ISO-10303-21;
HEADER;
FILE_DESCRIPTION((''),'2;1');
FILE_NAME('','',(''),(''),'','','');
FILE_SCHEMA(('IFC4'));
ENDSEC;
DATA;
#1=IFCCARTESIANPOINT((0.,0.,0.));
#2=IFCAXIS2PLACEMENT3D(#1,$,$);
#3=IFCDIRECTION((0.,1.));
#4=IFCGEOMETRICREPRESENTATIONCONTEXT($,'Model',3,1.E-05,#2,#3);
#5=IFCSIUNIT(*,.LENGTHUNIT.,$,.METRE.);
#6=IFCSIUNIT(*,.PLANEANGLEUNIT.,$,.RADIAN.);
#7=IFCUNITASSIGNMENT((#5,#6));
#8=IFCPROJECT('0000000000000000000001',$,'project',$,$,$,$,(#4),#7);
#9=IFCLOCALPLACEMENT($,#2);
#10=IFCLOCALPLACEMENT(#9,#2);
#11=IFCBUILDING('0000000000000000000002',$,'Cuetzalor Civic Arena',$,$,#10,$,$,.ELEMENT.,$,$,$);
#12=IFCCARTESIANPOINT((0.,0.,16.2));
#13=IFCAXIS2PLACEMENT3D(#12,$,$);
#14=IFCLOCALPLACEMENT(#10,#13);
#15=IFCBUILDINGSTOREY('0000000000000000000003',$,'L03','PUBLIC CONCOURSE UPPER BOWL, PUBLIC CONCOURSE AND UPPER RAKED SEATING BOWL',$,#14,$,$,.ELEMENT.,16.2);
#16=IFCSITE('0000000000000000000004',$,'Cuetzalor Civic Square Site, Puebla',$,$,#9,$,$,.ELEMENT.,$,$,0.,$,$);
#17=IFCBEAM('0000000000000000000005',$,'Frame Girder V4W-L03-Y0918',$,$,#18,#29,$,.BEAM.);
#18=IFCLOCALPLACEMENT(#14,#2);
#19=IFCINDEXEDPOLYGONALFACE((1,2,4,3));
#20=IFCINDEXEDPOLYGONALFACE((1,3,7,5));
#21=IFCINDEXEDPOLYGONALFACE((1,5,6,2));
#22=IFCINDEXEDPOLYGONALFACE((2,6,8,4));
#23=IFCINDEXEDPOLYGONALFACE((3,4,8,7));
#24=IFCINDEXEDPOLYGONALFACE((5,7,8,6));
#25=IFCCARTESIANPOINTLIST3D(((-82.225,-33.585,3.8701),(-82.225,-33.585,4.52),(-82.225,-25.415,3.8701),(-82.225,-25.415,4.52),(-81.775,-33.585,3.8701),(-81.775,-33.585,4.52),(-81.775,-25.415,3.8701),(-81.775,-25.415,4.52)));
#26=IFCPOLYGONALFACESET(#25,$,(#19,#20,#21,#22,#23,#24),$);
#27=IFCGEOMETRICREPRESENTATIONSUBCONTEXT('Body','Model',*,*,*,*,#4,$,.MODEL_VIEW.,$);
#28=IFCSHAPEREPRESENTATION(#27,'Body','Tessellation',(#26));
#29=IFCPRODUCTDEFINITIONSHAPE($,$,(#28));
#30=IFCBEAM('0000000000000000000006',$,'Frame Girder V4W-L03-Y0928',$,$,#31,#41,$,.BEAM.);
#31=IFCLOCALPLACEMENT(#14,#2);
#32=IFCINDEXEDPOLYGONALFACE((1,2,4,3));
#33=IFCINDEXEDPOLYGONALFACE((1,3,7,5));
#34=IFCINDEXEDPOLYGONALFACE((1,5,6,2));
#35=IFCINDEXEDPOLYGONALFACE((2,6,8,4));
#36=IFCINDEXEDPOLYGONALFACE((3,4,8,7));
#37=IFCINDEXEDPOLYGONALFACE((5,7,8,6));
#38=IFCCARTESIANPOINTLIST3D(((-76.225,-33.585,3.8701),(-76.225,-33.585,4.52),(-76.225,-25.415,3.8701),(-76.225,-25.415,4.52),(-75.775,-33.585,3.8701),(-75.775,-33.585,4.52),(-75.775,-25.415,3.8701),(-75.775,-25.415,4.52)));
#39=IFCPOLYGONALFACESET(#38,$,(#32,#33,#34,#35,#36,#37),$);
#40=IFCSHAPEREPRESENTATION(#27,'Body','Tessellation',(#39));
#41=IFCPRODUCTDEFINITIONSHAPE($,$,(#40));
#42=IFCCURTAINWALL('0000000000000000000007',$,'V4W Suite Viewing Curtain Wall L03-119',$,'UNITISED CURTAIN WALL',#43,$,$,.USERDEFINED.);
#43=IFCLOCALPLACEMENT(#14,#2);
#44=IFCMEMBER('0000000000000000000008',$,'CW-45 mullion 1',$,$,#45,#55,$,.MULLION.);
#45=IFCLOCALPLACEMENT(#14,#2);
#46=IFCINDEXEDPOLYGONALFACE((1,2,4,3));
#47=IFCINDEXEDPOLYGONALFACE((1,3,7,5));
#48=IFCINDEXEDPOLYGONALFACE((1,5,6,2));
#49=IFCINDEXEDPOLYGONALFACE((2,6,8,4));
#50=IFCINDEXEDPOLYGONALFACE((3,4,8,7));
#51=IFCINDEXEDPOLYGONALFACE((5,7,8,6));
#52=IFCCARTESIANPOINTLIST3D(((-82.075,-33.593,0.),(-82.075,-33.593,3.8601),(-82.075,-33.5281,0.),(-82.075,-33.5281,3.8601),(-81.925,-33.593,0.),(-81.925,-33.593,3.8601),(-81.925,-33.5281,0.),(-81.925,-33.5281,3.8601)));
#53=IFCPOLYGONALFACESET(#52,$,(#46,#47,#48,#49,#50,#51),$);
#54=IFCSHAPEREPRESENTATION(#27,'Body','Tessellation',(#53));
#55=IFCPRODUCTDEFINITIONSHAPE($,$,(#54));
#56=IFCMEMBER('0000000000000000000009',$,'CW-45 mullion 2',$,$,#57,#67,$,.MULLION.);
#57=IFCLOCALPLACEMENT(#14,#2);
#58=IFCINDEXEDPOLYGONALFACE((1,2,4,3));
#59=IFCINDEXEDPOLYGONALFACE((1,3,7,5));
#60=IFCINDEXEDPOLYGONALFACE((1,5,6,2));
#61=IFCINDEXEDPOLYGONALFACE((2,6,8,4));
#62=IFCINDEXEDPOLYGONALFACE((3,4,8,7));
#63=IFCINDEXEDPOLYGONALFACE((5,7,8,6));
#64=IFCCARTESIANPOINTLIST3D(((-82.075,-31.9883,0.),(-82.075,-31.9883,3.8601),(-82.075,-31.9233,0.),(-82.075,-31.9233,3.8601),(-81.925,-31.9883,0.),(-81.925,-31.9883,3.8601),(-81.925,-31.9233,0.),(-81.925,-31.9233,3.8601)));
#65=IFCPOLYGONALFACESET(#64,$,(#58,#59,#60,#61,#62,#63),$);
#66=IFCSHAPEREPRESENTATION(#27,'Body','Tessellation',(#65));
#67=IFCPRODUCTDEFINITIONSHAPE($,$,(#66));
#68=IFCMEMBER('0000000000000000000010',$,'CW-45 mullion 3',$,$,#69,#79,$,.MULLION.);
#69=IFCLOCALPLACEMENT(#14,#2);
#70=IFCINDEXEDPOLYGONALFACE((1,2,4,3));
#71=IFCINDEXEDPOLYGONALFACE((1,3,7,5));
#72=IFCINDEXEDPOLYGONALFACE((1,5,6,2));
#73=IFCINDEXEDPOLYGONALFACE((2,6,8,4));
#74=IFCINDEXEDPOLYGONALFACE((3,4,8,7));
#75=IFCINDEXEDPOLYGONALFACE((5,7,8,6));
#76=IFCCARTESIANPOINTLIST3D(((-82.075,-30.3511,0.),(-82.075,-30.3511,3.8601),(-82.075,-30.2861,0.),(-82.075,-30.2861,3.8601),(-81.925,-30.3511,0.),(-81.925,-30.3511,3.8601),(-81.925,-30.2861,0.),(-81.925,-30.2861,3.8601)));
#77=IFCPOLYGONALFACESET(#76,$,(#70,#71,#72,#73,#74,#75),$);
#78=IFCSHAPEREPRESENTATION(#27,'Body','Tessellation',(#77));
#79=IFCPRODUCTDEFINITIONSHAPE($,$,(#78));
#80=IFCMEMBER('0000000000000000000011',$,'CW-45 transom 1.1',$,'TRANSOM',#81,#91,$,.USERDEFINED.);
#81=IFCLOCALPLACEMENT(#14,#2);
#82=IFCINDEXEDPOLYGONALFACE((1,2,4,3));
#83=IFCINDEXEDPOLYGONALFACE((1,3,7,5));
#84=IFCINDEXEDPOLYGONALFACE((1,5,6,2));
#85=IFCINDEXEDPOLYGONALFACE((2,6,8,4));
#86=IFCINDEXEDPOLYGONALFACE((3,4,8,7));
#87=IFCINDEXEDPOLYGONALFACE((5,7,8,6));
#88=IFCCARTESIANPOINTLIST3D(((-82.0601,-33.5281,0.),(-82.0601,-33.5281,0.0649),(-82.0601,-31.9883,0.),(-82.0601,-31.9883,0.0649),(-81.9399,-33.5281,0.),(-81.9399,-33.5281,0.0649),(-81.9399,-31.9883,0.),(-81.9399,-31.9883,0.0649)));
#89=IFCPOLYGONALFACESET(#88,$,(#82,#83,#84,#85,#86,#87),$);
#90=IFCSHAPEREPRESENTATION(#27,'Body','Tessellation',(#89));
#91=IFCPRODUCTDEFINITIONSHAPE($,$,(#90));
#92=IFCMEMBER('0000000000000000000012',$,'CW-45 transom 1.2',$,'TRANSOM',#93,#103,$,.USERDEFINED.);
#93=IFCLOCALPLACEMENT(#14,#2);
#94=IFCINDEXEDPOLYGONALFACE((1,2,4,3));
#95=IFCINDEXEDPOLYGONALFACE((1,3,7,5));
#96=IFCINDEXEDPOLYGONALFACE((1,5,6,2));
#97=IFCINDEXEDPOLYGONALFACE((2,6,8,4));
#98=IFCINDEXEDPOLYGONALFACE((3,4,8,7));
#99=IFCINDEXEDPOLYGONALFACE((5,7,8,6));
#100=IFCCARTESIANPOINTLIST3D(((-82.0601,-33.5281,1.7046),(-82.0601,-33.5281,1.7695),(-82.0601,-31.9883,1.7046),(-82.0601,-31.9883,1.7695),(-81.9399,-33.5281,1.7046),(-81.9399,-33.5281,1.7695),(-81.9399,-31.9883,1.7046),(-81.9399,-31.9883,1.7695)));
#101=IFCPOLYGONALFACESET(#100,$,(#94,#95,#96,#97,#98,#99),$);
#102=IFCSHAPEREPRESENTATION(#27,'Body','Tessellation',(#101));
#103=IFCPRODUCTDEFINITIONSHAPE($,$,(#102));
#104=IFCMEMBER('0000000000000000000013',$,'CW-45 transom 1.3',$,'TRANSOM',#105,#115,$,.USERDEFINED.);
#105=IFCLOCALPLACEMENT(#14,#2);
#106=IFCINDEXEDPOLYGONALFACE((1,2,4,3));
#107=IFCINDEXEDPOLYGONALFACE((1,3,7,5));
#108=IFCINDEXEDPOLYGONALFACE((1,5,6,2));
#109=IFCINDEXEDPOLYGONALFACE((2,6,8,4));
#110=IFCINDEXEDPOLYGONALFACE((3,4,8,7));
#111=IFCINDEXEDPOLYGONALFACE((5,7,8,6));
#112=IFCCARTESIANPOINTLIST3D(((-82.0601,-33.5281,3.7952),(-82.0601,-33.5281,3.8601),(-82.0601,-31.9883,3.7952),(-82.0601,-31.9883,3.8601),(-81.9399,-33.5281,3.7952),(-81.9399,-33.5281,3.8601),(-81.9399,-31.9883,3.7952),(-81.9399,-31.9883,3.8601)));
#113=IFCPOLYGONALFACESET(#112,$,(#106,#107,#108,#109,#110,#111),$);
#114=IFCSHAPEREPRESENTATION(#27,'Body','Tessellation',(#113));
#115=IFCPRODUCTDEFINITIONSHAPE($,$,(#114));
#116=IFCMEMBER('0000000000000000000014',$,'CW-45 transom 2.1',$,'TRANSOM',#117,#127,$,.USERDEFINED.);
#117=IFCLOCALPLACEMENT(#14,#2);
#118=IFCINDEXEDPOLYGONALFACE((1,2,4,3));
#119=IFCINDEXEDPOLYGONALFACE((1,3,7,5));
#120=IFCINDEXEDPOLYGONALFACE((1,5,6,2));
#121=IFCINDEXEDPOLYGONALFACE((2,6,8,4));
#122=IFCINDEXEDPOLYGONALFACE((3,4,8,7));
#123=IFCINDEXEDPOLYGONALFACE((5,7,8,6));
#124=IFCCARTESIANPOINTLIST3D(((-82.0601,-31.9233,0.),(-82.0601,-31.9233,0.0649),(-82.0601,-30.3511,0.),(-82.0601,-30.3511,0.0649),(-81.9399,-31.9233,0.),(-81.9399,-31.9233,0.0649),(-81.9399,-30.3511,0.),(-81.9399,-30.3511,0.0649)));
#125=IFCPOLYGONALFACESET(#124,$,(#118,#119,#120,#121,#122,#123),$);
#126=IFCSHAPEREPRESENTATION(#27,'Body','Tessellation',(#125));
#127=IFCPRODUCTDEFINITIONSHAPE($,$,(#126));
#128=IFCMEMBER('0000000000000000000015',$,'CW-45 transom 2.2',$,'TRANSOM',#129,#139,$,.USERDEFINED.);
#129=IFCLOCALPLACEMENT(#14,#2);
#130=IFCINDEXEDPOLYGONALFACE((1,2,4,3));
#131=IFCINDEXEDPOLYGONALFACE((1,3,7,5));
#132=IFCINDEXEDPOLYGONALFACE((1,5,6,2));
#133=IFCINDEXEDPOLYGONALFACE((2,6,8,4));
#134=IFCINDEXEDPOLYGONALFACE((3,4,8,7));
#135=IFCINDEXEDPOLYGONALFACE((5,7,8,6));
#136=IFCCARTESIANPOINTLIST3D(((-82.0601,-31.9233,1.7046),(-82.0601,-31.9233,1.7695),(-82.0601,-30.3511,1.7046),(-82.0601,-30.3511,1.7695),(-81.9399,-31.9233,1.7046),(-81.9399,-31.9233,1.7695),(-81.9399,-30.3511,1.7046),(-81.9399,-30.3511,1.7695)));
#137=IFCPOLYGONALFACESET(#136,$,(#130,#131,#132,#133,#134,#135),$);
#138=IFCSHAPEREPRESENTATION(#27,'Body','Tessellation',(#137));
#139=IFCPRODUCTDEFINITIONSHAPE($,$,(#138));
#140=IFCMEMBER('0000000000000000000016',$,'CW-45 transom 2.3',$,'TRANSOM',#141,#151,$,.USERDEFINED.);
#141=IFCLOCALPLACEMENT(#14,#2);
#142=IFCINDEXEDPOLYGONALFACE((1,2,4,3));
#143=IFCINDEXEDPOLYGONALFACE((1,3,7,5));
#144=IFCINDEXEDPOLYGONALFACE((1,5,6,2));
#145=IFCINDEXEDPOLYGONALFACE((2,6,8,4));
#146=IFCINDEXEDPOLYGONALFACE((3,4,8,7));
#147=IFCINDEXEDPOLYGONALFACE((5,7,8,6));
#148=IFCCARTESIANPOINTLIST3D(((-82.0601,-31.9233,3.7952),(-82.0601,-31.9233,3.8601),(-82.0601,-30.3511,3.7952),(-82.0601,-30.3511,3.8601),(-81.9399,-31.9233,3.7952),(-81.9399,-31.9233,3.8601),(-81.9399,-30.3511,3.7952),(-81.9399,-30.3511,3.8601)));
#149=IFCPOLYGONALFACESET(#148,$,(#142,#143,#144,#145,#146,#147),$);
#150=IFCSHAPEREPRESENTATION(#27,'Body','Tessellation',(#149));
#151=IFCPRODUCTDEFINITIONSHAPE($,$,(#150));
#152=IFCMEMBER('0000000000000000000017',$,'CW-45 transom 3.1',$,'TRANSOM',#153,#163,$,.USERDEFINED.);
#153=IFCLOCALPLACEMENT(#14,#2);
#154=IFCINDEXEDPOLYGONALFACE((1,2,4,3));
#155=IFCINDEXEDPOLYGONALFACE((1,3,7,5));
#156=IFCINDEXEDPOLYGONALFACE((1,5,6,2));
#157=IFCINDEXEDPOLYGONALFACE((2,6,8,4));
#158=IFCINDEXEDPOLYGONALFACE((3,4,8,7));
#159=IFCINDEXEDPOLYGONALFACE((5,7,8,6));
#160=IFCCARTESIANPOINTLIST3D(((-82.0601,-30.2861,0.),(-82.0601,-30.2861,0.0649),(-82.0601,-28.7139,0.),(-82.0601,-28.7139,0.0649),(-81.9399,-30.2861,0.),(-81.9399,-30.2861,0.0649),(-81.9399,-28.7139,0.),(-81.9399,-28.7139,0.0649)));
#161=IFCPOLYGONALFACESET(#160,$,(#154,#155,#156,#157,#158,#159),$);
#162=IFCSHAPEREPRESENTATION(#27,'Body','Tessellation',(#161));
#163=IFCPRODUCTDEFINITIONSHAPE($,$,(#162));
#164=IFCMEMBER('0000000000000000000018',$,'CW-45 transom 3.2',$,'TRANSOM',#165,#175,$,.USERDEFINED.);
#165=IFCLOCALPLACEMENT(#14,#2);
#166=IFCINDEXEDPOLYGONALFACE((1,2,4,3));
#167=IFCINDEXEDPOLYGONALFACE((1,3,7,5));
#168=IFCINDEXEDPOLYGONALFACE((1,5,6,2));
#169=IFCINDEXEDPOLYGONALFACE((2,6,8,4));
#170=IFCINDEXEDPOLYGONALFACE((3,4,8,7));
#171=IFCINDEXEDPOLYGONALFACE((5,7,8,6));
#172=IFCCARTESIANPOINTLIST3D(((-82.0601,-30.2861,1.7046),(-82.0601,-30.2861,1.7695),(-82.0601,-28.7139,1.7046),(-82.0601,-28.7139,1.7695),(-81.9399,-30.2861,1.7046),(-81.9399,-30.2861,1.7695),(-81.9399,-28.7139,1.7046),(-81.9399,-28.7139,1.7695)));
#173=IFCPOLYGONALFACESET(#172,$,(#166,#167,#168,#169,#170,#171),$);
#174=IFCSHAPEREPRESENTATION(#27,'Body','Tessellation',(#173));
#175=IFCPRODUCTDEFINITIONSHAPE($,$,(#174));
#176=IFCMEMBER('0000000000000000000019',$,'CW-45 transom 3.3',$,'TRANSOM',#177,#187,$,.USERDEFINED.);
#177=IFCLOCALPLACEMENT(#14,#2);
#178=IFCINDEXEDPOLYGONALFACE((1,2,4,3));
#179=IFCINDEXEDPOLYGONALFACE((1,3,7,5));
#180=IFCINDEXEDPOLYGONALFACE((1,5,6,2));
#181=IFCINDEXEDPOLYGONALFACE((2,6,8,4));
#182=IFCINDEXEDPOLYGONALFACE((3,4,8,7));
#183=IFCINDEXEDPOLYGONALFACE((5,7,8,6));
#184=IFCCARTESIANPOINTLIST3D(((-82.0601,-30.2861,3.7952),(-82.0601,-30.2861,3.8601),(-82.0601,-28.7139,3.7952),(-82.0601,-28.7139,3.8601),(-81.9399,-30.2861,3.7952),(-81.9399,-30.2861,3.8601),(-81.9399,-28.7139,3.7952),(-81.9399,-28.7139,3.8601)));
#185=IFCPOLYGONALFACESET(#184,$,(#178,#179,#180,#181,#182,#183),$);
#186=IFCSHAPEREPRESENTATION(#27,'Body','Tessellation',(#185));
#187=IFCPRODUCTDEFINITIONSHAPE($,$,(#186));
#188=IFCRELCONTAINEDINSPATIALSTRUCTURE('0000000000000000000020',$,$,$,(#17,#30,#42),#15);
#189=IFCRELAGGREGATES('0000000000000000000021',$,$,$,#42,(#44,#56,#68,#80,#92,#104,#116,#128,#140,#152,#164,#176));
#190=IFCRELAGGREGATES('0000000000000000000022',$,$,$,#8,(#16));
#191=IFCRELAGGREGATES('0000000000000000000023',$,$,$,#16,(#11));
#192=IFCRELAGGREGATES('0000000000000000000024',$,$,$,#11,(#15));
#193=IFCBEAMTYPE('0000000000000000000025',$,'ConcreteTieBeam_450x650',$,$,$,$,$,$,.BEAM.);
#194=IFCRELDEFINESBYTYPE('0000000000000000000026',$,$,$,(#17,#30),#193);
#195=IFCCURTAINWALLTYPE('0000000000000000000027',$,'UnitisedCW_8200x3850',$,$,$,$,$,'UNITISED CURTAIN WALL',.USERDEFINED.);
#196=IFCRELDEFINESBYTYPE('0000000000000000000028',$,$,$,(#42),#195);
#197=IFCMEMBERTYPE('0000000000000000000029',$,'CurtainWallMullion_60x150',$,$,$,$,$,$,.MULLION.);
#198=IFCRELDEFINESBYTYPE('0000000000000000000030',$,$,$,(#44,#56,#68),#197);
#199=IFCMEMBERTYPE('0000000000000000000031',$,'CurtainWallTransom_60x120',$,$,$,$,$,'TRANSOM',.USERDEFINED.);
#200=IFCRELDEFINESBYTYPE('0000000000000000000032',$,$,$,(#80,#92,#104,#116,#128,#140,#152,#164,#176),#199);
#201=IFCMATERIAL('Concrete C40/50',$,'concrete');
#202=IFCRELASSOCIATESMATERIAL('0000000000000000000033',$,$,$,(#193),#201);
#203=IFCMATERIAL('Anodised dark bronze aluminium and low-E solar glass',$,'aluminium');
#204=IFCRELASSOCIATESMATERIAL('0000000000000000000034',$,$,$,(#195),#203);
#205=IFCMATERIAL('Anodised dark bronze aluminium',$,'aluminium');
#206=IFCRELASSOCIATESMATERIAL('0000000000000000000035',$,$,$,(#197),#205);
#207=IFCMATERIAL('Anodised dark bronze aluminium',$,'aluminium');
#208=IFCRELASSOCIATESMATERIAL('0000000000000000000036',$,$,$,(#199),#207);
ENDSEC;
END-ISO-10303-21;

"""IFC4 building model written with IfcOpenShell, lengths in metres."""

from ifc_helpers import new_model, si_unit, direction, frame, origin, origin_2d, place, context, subcontext, project, spatial, rectangle, extrude, material, material_profile, profile_set, type_object, element, aggregate, save


model = new_model("IFC4")

# Units and contexts
model_context = context("Model", 3, precision=1e-05, world=origin(), true_north=direction((0.0, 1.0)))
body_context = subcontext(model_context, "Body", "Model", "MODEL_VIEW")
ifc_project = project(units=[si_unit("LENGTHUNIT", "METRE"), si_unit("PLANEANGLEUNIT", "RADIAN")], contexts=[model_context])

# Site, building, storey
site_placement = place(None, origin())
site = spatial("IfcSite", under=ifc_project, at=site_placement, Name="Cuetzalor Civic Square Site, Puebla", CompositionType="ELEMENT", RefElevation=0.0)
building_placement = place(site_placement, origin())
building = spatial("IfcBuilding", under=site, at=building_placement, Name="Cuetzalor Civic Arena", CompositionType="ELEMENT")
storey_placement = place(building_placement, frame((0.0, 0.0, 16.2)))
storey = spatial("IfcBuildingStorey", under=building, at=storey_placement, Name="L03", Description="PUBLIC CONCOURSE UPPER BOWL, PUBLIC CONCOURSE AND UPPER RAKED SEATING BOWL", CompositionType="ELEMENT", Elevation=16.2)

# Beams
ifc_material_1 = material(Name="Concrete C40/50", Category="concrete")
ifc_material_profile_1 = material_profile(ifc_material_1, rectangle(XDim=0.45, YDim=0.6499, at=origin_2d()), Name="RC 450x650")
ifc_profile_set_1 = profile_set([ifc_material_profile_1], Name="Concrete C40/50")
beam_type = type_object("IfcBeamType", Name="ConcreteTieBeam_450x650", PredefinedType="BEAM", material=ifc_profile_set_1)
for number, where, z_axis, x_axis, name in (
    (1, (-82.0, -33.585, 4.1951), (0.0, 1.0, 0.0), (-1.0, 0.0, 0.0), "Frame Girder V4W-L03-Y0918"),
    (2, (-76.0, -33.585, 4.1951), (0.0, 1.0, 0.0), (-1.0, 0.0, 0.0), "Frame Girder V4W-L03-Y0928"),
):
    element("IfcBeam", number, at=place(storey_placement, frame(where, z_axis=z_axis, x_axis=x_axis)), inside=storey, type_object=beam_type, Name=name, PredefinedType="BEAM", context=body_context, shape_type="SweptSolid", body=[
        extrude(rectangle(XDim=0.45, YDim=0.6499, at=origin_2d()), origin(), (0.0, 0.0, 1.0), 8.1699),
    ])

# Curtain wall, members
ifc_material_2 = material(Name="Anodised dark bronze aluminium and low-E solar glass", Category="aluminium")
curtain_wall_type = type_object("IfcCurtainWallType", Name="UnitisedCW_8200x3850", ElementType="UNITISED CURTAIN WALL", PredefinedType="USERDEFINED", material=ifc_material_2)
curtain_wall_placement = place(storey_placement, origin())
curtain_wall = element("IfcCurtainWall", 3, at=curtain_wall_placement, inside=storey, type_object=curtain_wall_type, Name="V4W Suite Viewing Curtain Wall L03-119", ObjectType="UNITISED CURTAIN WALL", PredefinedType="USERDEFINED")
ifc_material_3 = material(Name="Anodised dark bronze aluminium", Category="aluminium")
ifc_material_profile_2 = material_profile(ifc_material_3, rectangle(XDim=0.0649, YDim=0.1499, at=origin_2d()), Name="ALU MULLION 65x150")
ifc_profile_set_2 = profile_set([ifc_material_profile_2], Name="Anodised dark bronze aluminium")
member_type_1 = type_object("IfcMemberType", Name="CurtainWallMullion_60x150", PredefinedType="MULLION", material=ifc_profile_set_2)
member_1_placement = place(storey_placement, frame((-82.0, -33.5605, 0.0), z_axis=(0.0, 0.0, 1.0), x_axis=(0.0, 1.0, 0.0)))
member_1 = element("IfcMember", 4, at=member_1_placement, type_object=member_type_1, Name="CW-45 mullion 1", PredefinedType="MULLION", context=body_context, shape_type="SweptSolid", body=[
    extrude(rectangle(XDim=0.0649, YDim=0.1499, at=origin_2d()), origin(), (0.0, 0.0, 1.0), 3.8601),
])
member_2_placement = place(storey_placement, frame((-82.0, -31.9558, 0.0), z_axis=(0.0, 0.0, 1.0), x_axis=(0.0, 1.0, 0.0)))
member_2 = element("IfcMember", 5, at=member_2_placement, type_object=member_type_1, Name="CW-45 mullion 2", PredefinedType="MULLION", context=body_context, shape_type="SweptSolid", body=[
    extrude(rectangle(XDim=0.0649, YDim=0.1499, at=origin_2d()), origin(), (0.0, 0.0, 1.0), 3.8601),
])
member_3_placement = place(storey_placement, frame((-82.0, -30.3186, 0.0), z_axis=(0.0, 0.0, 1.0), x_axis=(0.0, 1.0, 0.0)))
member_3 = element("IfcMember", 6, at=member_3_placement, type_object=member_type_1, Name="CW-45 mullion 3", PredefinedType="MULLION", context=body_context, shape_type="SweptSolid", body=[
    extrude(rectangle(XDim=0.0649, YDim=0.1499, at=origin_2d()), origin(), (0.0, 0.0, 1.0), 3.8601),
])
ifc_material_4 = material(Name="Anodised dark bronze aluminium", Category="aluminium")
ifc_material_profile_3 = material_profile(ifc_material_4, rectangle(XDim=0.1201, YDim=0.0649, at=origin_2d()), Name="ALU TRANSOM 65x120")
ifc_profile_set_3 = profile_set([ifc_material_profile_3], Name="Anodised dark bronze aluminium")
member_type_2 = type_object("IfcMemberType", Name="CurtainWallTransom_60x120", ElementType="TRANSOM", PredefinedType="USERDEFINED", material=ifc_profile_set_3)
member_4_placement = place(storey_placement, frame((-82.0, -33.5281, 0.0325), z_axis=(0.0, 1.0, 0.0), x_axis=(-1.0, 0.0, 0.0)))
member_4 = element("IfcMember", 7, at=member_4_placement, type_object=member_type_2, Name="CW-45 transom 1.1", ObjectType="TRANSOM", PredefinedType="USERDEFINED", context=body_context, shape_type="SweptSolid", body=[
    extrude(rectangle(XDim=0.1201, YDim=0.0649, at=origin_2d()), origin(), (0.0, 0.0, 1.0), 1.5398),
])
member_5_placement = place(storey_placement, frame((-82.0, -33.5281, 1.7371), z_axis=(0.0, 1.0, 0.0), x_axis=(-1.0, 0.0, 0.0)))
member_5 = element("IfcMember", 8, at=member_5_placement, type_object=member_type_2, Name="CW-45 transom 1.2", ObjectType="TRANSOM", PredefinedType="USERDEFINED", context=body_context, shape_type="SweptSolid", body=[
    extrude(rectangle(XDim=0.1201, YDim=0.0649, at=origin_2d()), origin(), (0.0, 0.0, 1.0), 1.5398),
])
member_6_placement = place(storey_placement, frame((-82.0, -33.5281, 3.8276), z_axis=(0.0, 1.0, 0.0), x_axis=(-1.0, 0.0, 0.0)))
member_6 = element("IfcMember", 9, at=member_6_placement, type_object=member_type_2, Name="CW-45 transom 1.3", ObjectType="TRANSOM", PredefinedType="USERDEFINED", context=body_context, shape_type="SweptSolid", body=[
    extrude(rectangle(XDim=0.1201, YDim=0.0649, at=origin_2d()), origin(), (0.0, 0.0, 1.0), 1.5398),
])
member_7_placement = place(storey_placement, frame((-82.0, -31.9233, 0.0325), z_axis=(0.0, 1.0, 0.0), x_axis=(-1.0, 0.0, 0.0)))
member_7 = element("IfcMember", 10, at=member_7_placement, type_object=member_type_2, Name="CW-45 transom 2.1", ObjectType="TRANSOM", PredefinedType="USERDEFINED", context=body_context, shape_type="SweptSolid", body=[
    extrude(rectangle(XDim=0.1201, YDim=0.0649, at=origin_2d()), origin(), (0.0, 0.0, 1.0), 1.5723),
])
member_8_placement = place(storey_placement, frame((-82.0, -31.9233, 1.7371), z_axis=(0.0, 1.0, 0.0), x_axis=(-1.0, 0.0, 0.0)))
member_8 = element("IfcMember", 11, at=member_8_placement, type_object=member_type_2, Name="CW-45 transom 2.2", ObjectType="TRANSOM", PredefinedType="USERDEFINED", context=body_context, shape_type="SweptSolid", body=[
    extrude(rectangle(XDim=0.1201, YDim=0.0649, at=origin_2d()), origin(), (0.0, 0.0, 1.0), 1.5723),
])
member_9_placement = place(storey_placement, frame((-82.0, -31.9233, 3.8276), z_axis=(0.0, 1.0, 0.0), x_axis=(-1.0, 0.0, 0.0)))
member_9 = element("IfcMember", 12, at=member_9_placement, type_object=member_type_2, Name="CW-45 transom 2.3", ObjectType="TRANSOM", PredefinedType="USERDEFINED", context=body_context, shape_type="SweptSolid", body=[
    extrude(rectangle(XDim=0.1201, YDim=0.0649, at=origin_2d()), origin(), (0.0, 0.0, 1.0), 1.5723),
])
member_10_placement = place(storey_placement, frame((-82.0, -30.2861, 0.0325), z_axis=(0.0, 1.0, 0.0), x_axis=(-1.0, 0.0, 0.0)))
member_10 = element("IfcMember", 13, at=member_10_placement, type_object=member_type_2, Name="CW-45 transom 3.1", ObjectType="TRANSOM", PredefinedType="USERDEFINED", context=body_context, shape_type="SweptSolid", body=[
    extrude(rectangle(XDim=0.1201, YDim=0.0649, at=origin_2d()), origin(), (0.0, 0.0, 1.0), 1.5723),
])
member_11_placement = place(storey_placement, frame((-82.0, -30.2861, 1.7371), z_axis=(0.0, 1.0, 0.0), x_axis=(-1.0, 0.0, 0.0)))
member_11 = element("IfcMember", 14, at=member_11_placement, type_object=member_type_2, Name="CW-45 transom 3.2", ObjectType="TRANSOM", PredefinedType="USERDEFINED", context=body_context, shape_type="SweptSolid", body=[
    extrude(rectangle(XDim=0.1201, YDim=0.0649, at=origin_2d()), origin(), (0.0, 0.0, 1.0), 1.5723),
])
member_12_placement = place(storey_placement, frame((-82.0, -30.2861, 3.8276), z_axis=(0.0, 1.0, 0.0), x_axis=(-1.0, 0.0, 0.0)))
member_12 = element("IfcMember", 15, at=member_12_placement, type_object=member_type_2, Name="CW-45 transom 3.3", ObjectType="TRANSOM", PredefinedType="USERDEFINED", context=body_context, shape_type="SweptSolid", body=[
    extrude(rectangle(XDim=0.1201, YDim=0.0649, at=origin_2d()), origin(), (0.0, 0.0, 1.0), 1.5723),
])
aggregate(curtain_wall, [member_1, member_2, member_3, member_4, member_5, member_6, member_7, member_8, member_9, member_10, member_11, member_12])

save(model, "model.ifc")
